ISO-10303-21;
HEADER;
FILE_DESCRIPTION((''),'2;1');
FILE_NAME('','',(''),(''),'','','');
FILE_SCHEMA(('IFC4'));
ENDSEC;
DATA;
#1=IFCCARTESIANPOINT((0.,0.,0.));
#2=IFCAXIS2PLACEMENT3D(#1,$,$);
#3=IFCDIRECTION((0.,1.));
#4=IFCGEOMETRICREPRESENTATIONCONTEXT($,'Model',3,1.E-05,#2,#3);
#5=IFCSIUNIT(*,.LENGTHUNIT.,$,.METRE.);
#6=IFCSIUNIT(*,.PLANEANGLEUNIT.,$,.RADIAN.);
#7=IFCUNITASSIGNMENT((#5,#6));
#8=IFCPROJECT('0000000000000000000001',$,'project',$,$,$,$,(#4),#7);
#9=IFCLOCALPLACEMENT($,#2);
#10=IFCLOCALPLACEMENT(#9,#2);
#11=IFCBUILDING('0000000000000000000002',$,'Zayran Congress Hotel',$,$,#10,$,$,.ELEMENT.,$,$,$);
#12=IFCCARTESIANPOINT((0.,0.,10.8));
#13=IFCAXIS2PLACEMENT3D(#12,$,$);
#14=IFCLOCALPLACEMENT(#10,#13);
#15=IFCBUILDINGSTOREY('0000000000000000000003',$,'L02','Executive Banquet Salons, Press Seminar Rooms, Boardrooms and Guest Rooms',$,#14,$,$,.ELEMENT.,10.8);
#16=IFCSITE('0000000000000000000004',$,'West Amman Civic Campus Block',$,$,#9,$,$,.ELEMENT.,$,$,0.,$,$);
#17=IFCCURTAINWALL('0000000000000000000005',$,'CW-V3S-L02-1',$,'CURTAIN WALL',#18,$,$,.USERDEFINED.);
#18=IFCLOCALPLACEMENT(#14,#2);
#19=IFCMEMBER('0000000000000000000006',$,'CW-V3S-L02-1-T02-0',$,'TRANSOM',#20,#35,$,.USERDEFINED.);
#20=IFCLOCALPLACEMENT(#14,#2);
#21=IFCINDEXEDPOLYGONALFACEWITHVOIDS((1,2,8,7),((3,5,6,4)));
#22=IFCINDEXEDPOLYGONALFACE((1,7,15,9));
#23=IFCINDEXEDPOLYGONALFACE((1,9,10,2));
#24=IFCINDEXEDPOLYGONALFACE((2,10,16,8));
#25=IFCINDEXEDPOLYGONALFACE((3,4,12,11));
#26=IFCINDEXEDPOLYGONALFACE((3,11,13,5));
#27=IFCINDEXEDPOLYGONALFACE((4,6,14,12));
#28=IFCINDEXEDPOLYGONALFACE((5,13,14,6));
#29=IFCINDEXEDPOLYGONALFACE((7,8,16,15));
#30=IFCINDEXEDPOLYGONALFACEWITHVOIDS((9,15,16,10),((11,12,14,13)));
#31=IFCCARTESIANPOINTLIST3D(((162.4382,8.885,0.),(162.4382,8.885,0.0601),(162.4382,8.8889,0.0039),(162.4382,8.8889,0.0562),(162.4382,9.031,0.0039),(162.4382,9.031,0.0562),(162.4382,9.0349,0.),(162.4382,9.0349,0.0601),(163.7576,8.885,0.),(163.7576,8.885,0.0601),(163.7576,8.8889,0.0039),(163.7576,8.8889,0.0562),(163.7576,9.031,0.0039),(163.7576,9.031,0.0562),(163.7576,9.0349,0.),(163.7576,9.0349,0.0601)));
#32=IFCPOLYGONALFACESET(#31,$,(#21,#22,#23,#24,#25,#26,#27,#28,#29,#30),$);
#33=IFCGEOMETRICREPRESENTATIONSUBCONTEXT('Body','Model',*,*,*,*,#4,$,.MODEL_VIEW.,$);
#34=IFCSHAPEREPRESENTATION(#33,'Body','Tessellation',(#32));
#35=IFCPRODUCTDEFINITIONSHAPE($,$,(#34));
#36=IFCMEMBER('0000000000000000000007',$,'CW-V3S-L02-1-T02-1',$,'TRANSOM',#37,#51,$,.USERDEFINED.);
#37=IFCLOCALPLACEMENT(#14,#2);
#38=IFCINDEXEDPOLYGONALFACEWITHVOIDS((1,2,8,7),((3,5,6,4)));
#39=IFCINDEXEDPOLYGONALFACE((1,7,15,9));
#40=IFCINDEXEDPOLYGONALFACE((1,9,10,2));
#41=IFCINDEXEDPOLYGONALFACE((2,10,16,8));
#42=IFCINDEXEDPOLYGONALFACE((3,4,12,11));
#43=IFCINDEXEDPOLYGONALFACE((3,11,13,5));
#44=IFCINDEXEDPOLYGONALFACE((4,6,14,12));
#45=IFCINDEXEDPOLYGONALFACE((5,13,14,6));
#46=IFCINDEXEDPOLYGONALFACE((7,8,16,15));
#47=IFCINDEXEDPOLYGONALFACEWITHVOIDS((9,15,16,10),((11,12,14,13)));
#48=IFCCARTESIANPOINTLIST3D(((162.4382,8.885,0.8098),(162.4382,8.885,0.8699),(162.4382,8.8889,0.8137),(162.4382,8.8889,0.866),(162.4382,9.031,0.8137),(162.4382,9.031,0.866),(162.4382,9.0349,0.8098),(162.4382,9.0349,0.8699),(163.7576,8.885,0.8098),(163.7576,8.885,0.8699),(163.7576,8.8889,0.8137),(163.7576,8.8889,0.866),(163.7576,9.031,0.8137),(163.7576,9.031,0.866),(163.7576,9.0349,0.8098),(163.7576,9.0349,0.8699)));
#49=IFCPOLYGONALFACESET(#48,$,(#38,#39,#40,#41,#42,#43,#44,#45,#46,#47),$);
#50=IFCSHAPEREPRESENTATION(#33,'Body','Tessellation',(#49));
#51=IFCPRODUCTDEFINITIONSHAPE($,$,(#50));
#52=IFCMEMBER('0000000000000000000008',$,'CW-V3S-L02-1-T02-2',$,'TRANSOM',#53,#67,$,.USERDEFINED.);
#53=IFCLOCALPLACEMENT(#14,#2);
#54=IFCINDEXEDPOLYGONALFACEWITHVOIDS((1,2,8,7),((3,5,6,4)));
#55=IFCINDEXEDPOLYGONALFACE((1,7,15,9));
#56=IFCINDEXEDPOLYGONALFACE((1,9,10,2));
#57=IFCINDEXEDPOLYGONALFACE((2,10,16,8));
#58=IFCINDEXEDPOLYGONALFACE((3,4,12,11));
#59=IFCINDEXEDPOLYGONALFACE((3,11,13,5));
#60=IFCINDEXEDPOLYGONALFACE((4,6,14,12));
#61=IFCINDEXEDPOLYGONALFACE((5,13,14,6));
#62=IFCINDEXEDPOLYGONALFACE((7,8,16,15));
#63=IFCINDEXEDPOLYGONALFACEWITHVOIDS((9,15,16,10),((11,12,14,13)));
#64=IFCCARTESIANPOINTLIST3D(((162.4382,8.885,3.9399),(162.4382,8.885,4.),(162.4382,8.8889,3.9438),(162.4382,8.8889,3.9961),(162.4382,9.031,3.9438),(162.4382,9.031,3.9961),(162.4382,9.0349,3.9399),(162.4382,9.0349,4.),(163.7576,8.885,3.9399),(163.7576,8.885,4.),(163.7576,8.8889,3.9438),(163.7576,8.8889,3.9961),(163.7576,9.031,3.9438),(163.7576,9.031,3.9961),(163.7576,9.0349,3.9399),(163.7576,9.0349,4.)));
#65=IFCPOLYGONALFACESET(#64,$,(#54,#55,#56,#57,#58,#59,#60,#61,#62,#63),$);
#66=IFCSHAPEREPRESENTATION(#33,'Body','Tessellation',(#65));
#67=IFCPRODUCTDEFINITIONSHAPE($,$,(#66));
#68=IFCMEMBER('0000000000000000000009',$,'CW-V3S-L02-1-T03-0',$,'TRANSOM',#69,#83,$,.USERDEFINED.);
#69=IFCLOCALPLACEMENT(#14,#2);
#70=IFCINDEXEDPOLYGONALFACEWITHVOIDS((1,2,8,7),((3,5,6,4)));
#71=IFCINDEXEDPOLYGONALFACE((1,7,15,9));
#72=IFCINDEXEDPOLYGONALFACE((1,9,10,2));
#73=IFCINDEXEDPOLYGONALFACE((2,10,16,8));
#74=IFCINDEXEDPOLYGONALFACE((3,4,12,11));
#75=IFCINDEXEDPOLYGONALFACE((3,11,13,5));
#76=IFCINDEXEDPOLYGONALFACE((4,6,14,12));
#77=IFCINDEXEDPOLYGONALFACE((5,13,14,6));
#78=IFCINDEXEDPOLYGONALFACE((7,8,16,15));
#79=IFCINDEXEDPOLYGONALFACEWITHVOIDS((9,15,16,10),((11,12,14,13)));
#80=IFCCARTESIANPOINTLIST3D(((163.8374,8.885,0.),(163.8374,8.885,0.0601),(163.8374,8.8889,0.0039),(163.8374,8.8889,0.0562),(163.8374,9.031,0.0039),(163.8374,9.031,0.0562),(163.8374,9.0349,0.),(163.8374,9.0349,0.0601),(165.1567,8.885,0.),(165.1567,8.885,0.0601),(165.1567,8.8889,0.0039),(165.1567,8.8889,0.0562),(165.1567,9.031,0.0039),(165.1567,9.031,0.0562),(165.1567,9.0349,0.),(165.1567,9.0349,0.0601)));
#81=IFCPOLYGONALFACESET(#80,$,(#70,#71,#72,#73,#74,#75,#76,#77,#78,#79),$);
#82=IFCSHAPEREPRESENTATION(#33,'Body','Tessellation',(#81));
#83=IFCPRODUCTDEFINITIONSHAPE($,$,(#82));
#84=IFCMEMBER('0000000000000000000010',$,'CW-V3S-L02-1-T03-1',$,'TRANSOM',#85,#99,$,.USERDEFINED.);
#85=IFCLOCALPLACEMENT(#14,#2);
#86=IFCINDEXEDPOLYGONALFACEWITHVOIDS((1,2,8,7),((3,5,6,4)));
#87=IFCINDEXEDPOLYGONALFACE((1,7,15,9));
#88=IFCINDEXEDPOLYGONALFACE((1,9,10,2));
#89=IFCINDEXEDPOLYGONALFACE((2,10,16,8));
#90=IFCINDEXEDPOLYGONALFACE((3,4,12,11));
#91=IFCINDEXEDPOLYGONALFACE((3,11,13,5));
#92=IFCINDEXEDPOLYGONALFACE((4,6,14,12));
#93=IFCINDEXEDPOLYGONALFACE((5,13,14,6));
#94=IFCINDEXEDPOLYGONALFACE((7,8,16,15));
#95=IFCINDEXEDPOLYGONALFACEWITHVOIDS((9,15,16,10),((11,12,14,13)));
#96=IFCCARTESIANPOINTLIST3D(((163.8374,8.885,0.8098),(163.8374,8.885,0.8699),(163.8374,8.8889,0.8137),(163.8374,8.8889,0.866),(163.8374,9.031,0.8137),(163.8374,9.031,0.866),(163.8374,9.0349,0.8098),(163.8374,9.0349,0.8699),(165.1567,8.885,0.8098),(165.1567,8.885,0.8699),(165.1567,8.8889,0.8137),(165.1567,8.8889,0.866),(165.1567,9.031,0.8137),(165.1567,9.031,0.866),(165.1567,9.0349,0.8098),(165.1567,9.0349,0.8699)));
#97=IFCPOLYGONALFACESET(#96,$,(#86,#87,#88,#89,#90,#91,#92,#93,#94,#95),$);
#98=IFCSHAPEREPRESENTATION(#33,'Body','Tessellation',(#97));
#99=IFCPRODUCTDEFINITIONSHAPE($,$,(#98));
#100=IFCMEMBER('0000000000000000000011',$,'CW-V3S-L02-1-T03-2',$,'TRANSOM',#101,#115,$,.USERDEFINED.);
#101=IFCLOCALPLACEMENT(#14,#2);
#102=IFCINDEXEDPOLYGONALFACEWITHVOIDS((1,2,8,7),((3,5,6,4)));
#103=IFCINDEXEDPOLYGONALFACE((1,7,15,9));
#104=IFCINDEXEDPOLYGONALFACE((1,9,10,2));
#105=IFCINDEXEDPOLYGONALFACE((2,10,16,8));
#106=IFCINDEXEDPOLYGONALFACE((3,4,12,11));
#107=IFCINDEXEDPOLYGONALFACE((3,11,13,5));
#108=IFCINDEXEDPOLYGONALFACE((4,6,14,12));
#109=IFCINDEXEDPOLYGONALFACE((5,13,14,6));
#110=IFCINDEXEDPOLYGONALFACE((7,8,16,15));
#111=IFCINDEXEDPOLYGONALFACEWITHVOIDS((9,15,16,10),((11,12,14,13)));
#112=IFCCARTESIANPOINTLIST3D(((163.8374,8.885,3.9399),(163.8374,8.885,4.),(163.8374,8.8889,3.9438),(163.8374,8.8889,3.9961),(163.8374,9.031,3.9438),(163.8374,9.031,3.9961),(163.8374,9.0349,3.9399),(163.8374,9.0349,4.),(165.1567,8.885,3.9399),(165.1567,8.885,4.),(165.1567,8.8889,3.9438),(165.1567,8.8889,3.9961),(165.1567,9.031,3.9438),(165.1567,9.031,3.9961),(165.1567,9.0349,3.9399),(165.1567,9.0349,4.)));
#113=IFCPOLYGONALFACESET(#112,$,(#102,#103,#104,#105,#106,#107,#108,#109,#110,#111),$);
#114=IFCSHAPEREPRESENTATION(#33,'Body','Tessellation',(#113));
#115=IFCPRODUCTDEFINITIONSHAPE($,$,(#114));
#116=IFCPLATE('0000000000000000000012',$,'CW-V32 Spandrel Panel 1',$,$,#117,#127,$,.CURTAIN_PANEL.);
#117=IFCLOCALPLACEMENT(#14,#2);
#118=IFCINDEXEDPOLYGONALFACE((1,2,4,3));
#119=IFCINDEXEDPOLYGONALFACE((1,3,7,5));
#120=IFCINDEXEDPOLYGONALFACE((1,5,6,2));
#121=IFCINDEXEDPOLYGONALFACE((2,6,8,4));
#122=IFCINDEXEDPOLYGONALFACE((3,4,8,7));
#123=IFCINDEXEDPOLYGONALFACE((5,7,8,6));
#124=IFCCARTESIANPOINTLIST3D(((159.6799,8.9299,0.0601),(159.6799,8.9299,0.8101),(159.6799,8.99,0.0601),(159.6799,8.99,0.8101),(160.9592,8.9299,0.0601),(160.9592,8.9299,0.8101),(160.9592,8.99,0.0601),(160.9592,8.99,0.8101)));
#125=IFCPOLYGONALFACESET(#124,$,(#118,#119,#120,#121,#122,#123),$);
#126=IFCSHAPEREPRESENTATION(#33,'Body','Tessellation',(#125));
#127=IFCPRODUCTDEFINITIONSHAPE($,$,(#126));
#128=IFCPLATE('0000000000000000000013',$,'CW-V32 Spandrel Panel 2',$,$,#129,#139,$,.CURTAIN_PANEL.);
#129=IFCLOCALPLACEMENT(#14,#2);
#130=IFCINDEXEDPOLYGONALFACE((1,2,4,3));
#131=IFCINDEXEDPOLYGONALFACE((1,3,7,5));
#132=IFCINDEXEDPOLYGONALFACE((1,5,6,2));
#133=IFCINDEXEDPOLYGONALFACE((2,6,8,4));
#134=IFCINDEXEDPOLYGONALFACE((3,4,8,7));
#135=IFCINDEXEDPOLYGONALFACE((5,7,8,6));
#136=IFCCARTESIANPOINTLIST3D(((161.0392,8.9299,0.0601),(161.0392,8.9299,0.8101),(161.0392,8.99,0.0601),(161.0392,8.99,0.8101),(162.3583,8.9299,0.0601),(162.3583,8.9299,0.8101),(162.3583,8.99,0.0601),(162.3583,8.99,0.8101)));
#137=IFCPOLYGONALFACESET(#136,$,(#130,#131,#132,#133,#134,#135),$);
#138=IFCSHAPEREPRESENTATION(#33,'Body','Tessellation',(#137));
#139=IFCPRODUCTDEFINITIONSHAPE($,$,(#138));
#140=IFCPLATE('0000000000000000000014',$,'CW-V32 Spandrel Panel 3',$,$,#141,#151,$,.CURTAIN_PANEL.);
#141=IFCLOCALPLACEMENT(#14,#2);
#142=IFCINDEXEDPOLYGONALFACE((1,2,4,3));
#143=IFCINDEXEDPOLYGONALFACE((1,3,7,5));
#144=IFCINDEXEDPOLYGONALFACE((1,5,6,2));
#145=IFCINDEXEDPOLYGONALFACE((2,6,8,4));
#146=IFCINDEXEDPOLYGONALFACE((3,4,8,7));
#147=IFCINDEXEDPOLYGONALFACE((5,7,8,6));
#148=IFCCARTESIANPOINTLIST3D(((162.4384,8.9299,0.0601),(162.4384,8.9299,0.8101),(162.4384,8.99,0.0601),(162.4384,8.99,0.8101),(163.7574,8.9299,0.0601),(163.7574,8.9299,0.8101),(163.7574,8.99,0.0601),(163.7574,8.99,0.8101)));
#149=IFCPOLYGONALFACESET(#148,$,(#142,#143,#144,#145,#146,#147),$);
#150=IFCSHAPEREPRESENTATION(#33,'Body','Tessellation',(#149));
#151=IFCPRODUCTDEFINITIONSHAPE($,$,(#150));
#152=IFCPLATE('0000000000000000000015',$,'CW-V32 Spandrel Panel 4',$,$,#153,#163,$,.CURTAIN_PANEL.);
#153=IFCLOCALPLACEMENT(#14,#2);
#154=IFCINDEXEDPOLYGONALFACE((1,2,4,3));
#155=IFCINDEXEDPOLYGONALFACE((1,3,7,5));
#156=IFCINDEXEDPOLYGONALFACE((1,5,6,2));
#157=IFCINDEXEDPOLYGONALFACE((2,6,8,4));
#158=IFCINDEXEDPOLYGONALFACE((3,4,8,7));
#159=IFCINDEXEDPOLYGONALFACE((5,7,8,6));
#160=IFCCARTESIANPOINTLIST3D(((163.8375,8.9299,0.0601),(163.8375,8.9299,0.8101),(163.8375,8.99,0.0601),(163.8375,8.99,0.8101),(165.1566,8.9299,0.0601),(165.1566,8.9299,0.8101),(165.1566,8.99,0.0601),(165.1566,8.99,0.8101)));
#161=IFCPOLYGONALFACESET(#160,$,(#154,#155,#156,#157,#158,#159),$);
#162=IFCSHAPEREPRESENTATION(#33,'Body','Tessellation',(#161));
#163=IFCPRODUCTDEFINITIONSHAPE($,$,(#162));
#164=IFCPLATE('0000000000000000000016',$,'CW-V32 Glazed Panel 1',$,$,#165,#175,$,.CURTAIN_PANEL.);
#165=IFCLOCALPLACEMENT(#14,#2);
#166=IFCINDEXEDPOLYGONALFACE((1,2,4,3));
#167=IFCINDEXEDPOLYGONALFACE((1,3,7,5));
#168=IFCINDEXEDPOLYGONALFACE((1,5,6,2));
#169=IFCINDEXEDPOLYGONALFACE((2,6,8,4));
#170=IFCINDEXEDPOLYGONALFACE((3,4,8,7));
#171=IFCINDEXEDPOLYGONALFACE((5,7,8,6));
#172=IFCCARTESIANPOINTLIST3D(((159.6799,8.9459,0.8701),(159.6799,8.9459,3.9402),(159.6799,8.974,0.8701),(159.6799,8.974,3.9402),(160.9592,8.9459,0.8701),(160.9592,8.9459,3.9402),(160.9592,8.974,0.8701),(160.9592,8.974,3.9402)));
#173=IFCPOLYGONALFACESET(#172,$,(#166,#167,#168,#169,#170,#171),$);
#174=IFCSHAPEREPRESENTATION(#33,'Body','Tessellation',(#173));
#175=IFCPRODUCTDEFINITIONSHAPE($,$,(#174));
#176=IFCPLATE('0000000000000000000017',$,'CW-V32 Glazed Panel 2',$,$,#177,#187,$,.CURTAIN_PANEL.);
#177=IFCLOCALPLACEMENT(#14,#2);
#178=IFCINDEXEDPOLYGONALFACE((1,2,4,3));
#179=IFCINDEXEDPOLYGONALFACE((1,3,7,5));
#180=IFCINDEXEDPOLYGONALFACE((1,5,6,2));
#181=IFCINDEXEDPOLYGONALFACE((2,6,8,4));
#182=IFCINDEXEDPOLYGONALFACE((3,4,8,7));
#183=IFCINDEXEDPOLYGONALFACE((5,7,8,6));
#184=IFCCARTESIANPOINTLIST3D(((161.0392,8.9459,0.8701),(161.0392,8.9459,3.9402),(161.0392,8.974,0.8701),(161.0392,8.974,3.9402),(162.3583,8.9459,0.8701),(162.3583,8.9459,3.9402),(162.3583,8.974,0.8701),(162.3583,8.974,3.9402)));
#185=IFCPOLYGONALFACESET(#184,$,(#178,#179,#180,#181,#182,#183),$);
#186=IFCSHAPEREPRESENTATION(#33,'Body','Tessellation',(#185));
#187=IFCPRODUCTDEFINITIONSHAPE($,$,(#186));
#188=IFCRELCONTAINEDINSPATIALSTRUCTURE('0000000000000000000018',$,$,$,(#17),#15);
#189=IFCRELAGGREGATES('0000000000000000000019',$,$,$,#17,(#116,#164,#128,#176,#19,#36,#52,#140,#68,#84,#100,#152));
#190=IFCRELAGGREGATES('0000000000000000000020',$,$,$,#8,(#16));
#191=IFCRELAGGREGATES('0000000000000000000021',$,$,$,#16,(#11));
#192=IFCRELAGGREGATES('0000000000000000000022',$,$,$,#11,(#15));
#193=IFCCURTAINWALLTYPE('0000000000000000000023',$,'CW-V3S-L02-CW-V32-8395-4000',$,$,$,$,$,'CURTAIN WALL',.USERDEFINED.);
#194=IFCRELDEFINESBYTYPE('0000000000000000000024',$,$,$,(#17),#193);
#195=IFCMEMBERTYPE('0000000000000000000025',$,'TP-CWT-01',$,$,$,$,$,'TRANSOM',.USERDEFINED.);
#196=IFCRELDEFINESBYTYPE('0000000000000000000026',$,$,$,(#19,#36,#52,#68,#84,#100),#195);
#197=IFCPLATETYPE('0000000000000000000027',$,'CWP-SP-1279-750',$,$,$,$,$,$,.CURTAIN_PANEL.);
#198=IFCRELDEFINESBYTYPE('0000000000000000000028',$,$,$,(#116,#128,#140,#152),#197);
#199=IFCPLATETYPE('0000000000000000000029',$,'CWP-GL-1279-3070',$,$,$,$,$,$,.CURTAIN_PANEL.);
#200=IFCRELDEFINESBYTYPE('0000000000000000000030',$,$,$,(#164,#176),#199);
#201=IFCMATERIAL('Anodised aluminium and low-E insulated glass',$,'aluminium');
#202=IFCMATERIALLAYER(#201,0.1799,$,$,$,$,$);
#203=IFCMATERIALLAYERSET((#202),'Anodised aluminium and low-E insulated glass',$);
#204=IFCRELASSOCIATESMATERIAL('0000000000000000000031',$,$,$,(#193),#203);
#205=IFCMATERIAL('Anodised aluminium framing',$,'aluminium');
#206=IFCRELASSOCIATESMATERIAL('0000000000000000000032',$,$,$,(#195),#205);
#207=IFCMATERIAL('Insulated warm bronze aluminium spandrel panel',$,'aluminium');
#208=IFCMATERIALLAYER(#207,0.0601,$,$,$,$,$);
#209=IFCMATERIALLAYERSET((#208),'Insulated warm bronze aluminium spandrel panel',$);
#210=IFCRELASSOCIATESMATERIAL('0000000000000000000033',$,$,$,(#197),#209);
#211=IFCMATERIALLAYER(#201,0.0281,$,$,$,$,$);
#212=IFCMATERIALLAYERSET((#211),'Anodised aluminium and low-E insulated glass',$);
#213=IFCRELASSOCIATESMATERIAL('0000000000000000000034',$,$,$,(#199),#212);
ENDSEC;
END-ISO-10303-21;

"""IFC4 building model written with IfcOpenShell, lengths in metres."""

from ifc_helpers import new_model, si_unit, direction, frame, origin, origin_2d, place, context, subcontext, project, spatial, rectangle, hollow_rectangle, extrude, material, layer, layer_set, material_profile, profile_set, type_object, element, aggregate, save


model = new_model("IFC4")

# Units and contexts
model_context = context("Model", 3, precision=1e-05, world=origin(), true_north=direction((0.0, 1.0)))
body_context = subcontext(model_context, "Body", "Model", "MODEL_VIEW")
ifc_project = project(units=[si_unit("LENGTHUNIT", "METRE"), si_unit("PLANEANGLEUNIT", "RADIAN")], contexts=[model_context])

# Site, building, storey
site_placement = place(None, origin())
site = spatial("IfcSite", under=ifc_project, at=site_placement, Name="West Amman Civic Campus Block", CompositionType="ELEMENT", RefElevation=0.0)
building_placement = place(site_placement, origin())
building = spatial("IfcBuilding", under=site, at=building_placement, Name="Zayran Congress Hotel", CompositionType="ELEMENT")
storey_placement = place(building_placement, frame((0.0, 0.0, 10.8)))
storey = spatial("IfcBuildingStorey", under=building, at=storey_placement, Name="L02", Description="Executive Banquet Salons, Press Seminar Rooms, Boardrooms and Guest Rooms", CompositionType="ELEMENT", Elevation=10.8)

# Curtain wall, members, plates
ifc_material_1 = material(Name="Anodised aluminium and low-E insulated glass", Category="aluminium")
ifc_layer_1 = layer(ifc_material_1, 0.1799)
ifc_layer_set_1 = layer_set([ifc_layer_1], Name="Anodised aluminium and low-E insulated glass")
curtain_wall_type = type_object("IfcCurtainWallType", Name="CW-V3S-L02-CW-V32-8395-4000", ElementType="CURTAIN WALL", PredefinedType="USERDEFINED", material=ifc_layer_set_1)
curtain_wall_placement = place(storey_placement, origin())
curtain_wall = element("IfcCurtainWall", 1, at=curtain_wall_placement, inside=storey, type_object=curtain_wall_type, Name="CW-V3S-L02-1", ObjectType="CURTAIN WALL", PredefinedType="USERDEFINED")
ifc_material_2 = material(Name="Anodised aluminium framing", Category="aluminium")
ifc_material_profile_1 = material_profile(ifc_material_2, hollow_rectangle(XDim=0.0601, YDim=0.1499, WallThickness=0.0039, at=origin_2d()), Name="RHS 150x60x4")
ifc_profile_set_1 = profile_set([ifc_material_profile_1], Name="Anodised aluminium framing")
member_type_1 = type_object("IfcMemberType", Name="TP-CWT-01", ElementType="TRANSOM", PredefinedType="USERDEFINED", material=ifc_profile_set_1)
member_1_placement = place(storey_placement, frame((162.4382, 8.96, 0.03), z_axis=(1.0, 0.0, 0.0), x_axis=(0.0, 0.0, 1.0)))
member_1 = element("IfcMember", 2, at=member_1_placement, type_object=member_type_1, Name="CW-V3S-L02-1-T02-0", ObjectType="TRANSOM", PredefinedType="USERDEFINED", context=body_context, shape_type="SweptSolid", body=[
    extrude(hollow_rectangle(XDim=0.0601, YDim=0.1499, WallThickness=0.0039, at=origin_2d()), origin(), (0.0, 0.0, 1.0), 1.3193),
])
member_2_placement = place(storey_placement, frame((162.4382, 8.96, 0.8398), z_axis=(1.0, 0.0, 0.0), x_axis=(0.0, 0.0, 1.0)))
member_2 = element("IfcMember", 3, at=member_2_placement, type_object=member_type_1, Name="CW-V3S-L02-1-T02-1", ObjectType="TRANSOM", PredefinedType="USERDEFINED", context=body_context, shape_type="SweptSolid", body=[
    extrude(hollow_rectangle(XDim=0.0601, YDim=0.1499, WallThickness=0.0039, at=origin_2d()), origin(), (0.0, 0.0, 1.0), 1.3193),
])
member_3_placement = place(storey_placement, frame((162.4382, 8.96, 3.97), z_axis=(1.0, 0.0, 0.0), x_axis=(0.0, 0.0, 1.0)))
member_3 = element("IfcMember", 4, at=member_3_placement, type_object=member_type_1, Name="CW-V3S-L02-1-T02-2", ObjectType="TRANSOM", PredefinedType="USERDEFINED", context=body_context, shape_type="SweptSolid", body=[
    extrude(hollow_rectangle(XDim=0.0601, YDim=0.1499, WallThickness=0.0039, at=origin_2d()), origin(), (0.0, 0.0, 1.0), 1.3193),
])
member_4_placement = place(storey_placement, frame((163.8374, 8.96, 0.03), z_axis=(1.0, 0.0, 0.0), x_axis=(0.0, 0.0, 1.0)))
member_4 = element("IfcMember", 5, at=member_4_placement, type_object=member_type_1, Name="CW-V3S-L02-1-T03-0", ObjectType="TRANSOM", PredefinedType="USERDEFINED", context=body_context, shape_type="SweptSolid", body=[
    extrude(hollow_rectangle(XDim=0.0601, YDim=0.1499, WallThickness=0.0039, at=origin_2d()), origin(), (0.0, 0.0, 1.0), 1.3193),
])
member_5_placement = place(storey_placement, frame((163.8374, 8.96, 0.8398), z_axis=(1.0, 0.0, 0.0), x_axis=(0.0, 0.0, 1.0)))
member_5 = element("IfcMember", 6, at=member_5_placement, type_object=member_type_1, Name="CW-V3S-L02-1-T03-1", ObjectType="TRANSOM", PredefinedType="USERDEFINED", context=body_context, shape_type="SweptSolid", body=[
    extrude(hollow_rectangle(XDim=0.0601, YDim=0.1499, WallThickness=0.0039, at=origin_2d()), origin(), (0.0, 0.0, 1.0), 1.3193),
])
member_6_placement = place(storey_placement, frame((163.8374, 8.96, 3.97), z_axis=(1.0, 0.0, 0.0), x_axis=(0.0, 0.0, 1.0)))
member_6 = element("IfcMember", 7, at=member_6_placement, type_object=member_type_1, Name="CW-V3S-L02-1-T03-2", ObjectType="TRANSOM", PredefinedType="USERDEFINED", context=body_context, shape_type="SweptSolid", body=[
    extrude(hollow_rectangle(XDim=0.0601, YDim=0.1499, WallThickness=0.0039, at=origin_2d()), origin(), (0.0, 0.0, 1.0), 1.3193),
])
ifc_material_3 = material(Name="Insulated warm bronze aluminium spandrel panel", Category="aluminium")
ifc_layer_2 = layer(ifc_material_3, 0.0601)
ifc_layer_set_2 = layer_set([ifc_layer_2], Name="Insulated warm bronze aluminium spandrel panel")
plate_type_1 = type_object("IfcPlateType", Name="CWP-SP-1279-750", PredefinedType="CURTAIN_PANEL", material=ifc_layer_set_2)
plate_1_placement = place(storey_placement, frame((160.3196, 8.96, 0.0601), z_axis=(0.0, 0.0, 1.0), x_axis=(1.0, 0.0, 0.0)))
plate_1 = element("IfcPlate", 8, at=plate_1_placement, type_object=plate_type_1, Name="CW-V32 Spandrel Panel 1", PredefinedType="CURTAIN_PANEL", context=body_context, shape_type="SweptSolid", body=[
    extrude(rectangle(XDim=1.2793, YDim=0.0601, at=origin_2d()), origin(), (0.0, 0.0, 1.0), 0.75),
])
plate_2_placement = place(storey_placement, frame((161.6987, 8.96, 0.0601), z_axis=(0.0, 0.0, 1.0), x_axis=(1.0, 0.0, 0.0)))
plate_2 = element("IfcPlate", 9, at=plate_2_placement, type_object=plate_type_1, Name="CW-V32 Spandrel Panel 2", PredefinedType="CURTAIN_PANEL", context=body_context, shape_type="SweptSolid", body=[
    extrude(rectangle(XDim=1.3191, YDim=0.0601, at=origin_2d()), origin(), (0.0, 0.0, 1.0), 0.75),
])
plate_3_placement = place(storey_placement, frame((163.0979, 8.96, 0.0601), z_axis=(0.0, 0.0, 1.0), x_axis=(1.0, 0.0, 0.0)))
plate_3 = element("IfcPlate", 10, at=plate_3_placement, type_object=plate_type_1, Name="CW-V32 Spandrel Panel 3", PredefinedType="CURTAIN_PANEL", context=body_context, shape_type="SweptSolid", body=[
    extrude(rectangle(XDim=1.3191, YDim=0.0601, at=origin_2d()), origin(), (0.0, 0.0, 1.0), 0.75),
])
plate_4_placement = place(storey_placement, frame((164.4971, 8.96, 0.0601), z_axis=(0.0, 0.0, 1.0), x_axis=(1.0, 0.0, 0.0)))
plate_4 = element("IfcPlate", 11, at=plate_4_placement, type_object=plate_type_1, Name="CW-V32 Spandrel Panel 4", PredefinedType="CURTAIN_PANEL", context=body_context, shape_type="SweptSolid", body=[
    extrude(rectangle(XDim=1.3191, YDim=0.0601, at=origin_2d()), origin(), (0.0, 0.0, 1.0), 0.75),
])
ifc_layer_3 = layer(ifc_material_1, 0.0281)
ifc_layer_set_3 = layer_set([ifc_layer_3], Name="Anodised aluminium and low-E insulated glass")
plate_type_2 = type_object("IfcPlateType", Name="CWP-GL-1279-3070", PredefinedType="CURTAIN_PANEL", material=ifc_layer_set_3)
plate_5_placement = place(storey_placement, frame((160.3196, 8.96, 0.8701), z_axis=(0.0, 0.0, 1.0), x_axis=(1.0, 0.0, 0.0)))
plate_5 = element("IfcPlate", 12, at=plate_5_placement, type_object=plate_type_2, Name="CW-V32 Glazed Panel 1", PredefinedType="CURTAIN_PANEL", context=body_context, shape_type="SweptSolid", body=[
    extrude(rectangle(XDim=1.2793, YDim=0.0281, at=origin_2d()), origin(), (0.0, 0.0, 1.0), 3.0701),
])
plate_6_placement = place(storey_placement, frame((161.6987, 8.96, 0.8701), z_axis=(0.0, 0.0, 1.0), x_axis=(1.0, 0.0, 0.0)))
plate_6 = element("IfcPlate", 13, at=plate_6_placement, type_object=plate_type_2, Name="CW-V32 Glazed Panel 2", PredefinedType="CURTAIN_PANEL", context=body_context, shape_type="SweptSolid", body=[
    extrude(rectangle(XDim=1.3191, YDim=0.0281, at=origin_2d()), origin(), (0.0, 0.0, 1.0), 3.0701),
])
aggregate(curtain_wall, [plate_1, plate_5, plate_2, plate_6, member_1, member_2, member_3, plate_3, member_4, member_5, member_6, plate_4])

save(model, "model.ifc")
